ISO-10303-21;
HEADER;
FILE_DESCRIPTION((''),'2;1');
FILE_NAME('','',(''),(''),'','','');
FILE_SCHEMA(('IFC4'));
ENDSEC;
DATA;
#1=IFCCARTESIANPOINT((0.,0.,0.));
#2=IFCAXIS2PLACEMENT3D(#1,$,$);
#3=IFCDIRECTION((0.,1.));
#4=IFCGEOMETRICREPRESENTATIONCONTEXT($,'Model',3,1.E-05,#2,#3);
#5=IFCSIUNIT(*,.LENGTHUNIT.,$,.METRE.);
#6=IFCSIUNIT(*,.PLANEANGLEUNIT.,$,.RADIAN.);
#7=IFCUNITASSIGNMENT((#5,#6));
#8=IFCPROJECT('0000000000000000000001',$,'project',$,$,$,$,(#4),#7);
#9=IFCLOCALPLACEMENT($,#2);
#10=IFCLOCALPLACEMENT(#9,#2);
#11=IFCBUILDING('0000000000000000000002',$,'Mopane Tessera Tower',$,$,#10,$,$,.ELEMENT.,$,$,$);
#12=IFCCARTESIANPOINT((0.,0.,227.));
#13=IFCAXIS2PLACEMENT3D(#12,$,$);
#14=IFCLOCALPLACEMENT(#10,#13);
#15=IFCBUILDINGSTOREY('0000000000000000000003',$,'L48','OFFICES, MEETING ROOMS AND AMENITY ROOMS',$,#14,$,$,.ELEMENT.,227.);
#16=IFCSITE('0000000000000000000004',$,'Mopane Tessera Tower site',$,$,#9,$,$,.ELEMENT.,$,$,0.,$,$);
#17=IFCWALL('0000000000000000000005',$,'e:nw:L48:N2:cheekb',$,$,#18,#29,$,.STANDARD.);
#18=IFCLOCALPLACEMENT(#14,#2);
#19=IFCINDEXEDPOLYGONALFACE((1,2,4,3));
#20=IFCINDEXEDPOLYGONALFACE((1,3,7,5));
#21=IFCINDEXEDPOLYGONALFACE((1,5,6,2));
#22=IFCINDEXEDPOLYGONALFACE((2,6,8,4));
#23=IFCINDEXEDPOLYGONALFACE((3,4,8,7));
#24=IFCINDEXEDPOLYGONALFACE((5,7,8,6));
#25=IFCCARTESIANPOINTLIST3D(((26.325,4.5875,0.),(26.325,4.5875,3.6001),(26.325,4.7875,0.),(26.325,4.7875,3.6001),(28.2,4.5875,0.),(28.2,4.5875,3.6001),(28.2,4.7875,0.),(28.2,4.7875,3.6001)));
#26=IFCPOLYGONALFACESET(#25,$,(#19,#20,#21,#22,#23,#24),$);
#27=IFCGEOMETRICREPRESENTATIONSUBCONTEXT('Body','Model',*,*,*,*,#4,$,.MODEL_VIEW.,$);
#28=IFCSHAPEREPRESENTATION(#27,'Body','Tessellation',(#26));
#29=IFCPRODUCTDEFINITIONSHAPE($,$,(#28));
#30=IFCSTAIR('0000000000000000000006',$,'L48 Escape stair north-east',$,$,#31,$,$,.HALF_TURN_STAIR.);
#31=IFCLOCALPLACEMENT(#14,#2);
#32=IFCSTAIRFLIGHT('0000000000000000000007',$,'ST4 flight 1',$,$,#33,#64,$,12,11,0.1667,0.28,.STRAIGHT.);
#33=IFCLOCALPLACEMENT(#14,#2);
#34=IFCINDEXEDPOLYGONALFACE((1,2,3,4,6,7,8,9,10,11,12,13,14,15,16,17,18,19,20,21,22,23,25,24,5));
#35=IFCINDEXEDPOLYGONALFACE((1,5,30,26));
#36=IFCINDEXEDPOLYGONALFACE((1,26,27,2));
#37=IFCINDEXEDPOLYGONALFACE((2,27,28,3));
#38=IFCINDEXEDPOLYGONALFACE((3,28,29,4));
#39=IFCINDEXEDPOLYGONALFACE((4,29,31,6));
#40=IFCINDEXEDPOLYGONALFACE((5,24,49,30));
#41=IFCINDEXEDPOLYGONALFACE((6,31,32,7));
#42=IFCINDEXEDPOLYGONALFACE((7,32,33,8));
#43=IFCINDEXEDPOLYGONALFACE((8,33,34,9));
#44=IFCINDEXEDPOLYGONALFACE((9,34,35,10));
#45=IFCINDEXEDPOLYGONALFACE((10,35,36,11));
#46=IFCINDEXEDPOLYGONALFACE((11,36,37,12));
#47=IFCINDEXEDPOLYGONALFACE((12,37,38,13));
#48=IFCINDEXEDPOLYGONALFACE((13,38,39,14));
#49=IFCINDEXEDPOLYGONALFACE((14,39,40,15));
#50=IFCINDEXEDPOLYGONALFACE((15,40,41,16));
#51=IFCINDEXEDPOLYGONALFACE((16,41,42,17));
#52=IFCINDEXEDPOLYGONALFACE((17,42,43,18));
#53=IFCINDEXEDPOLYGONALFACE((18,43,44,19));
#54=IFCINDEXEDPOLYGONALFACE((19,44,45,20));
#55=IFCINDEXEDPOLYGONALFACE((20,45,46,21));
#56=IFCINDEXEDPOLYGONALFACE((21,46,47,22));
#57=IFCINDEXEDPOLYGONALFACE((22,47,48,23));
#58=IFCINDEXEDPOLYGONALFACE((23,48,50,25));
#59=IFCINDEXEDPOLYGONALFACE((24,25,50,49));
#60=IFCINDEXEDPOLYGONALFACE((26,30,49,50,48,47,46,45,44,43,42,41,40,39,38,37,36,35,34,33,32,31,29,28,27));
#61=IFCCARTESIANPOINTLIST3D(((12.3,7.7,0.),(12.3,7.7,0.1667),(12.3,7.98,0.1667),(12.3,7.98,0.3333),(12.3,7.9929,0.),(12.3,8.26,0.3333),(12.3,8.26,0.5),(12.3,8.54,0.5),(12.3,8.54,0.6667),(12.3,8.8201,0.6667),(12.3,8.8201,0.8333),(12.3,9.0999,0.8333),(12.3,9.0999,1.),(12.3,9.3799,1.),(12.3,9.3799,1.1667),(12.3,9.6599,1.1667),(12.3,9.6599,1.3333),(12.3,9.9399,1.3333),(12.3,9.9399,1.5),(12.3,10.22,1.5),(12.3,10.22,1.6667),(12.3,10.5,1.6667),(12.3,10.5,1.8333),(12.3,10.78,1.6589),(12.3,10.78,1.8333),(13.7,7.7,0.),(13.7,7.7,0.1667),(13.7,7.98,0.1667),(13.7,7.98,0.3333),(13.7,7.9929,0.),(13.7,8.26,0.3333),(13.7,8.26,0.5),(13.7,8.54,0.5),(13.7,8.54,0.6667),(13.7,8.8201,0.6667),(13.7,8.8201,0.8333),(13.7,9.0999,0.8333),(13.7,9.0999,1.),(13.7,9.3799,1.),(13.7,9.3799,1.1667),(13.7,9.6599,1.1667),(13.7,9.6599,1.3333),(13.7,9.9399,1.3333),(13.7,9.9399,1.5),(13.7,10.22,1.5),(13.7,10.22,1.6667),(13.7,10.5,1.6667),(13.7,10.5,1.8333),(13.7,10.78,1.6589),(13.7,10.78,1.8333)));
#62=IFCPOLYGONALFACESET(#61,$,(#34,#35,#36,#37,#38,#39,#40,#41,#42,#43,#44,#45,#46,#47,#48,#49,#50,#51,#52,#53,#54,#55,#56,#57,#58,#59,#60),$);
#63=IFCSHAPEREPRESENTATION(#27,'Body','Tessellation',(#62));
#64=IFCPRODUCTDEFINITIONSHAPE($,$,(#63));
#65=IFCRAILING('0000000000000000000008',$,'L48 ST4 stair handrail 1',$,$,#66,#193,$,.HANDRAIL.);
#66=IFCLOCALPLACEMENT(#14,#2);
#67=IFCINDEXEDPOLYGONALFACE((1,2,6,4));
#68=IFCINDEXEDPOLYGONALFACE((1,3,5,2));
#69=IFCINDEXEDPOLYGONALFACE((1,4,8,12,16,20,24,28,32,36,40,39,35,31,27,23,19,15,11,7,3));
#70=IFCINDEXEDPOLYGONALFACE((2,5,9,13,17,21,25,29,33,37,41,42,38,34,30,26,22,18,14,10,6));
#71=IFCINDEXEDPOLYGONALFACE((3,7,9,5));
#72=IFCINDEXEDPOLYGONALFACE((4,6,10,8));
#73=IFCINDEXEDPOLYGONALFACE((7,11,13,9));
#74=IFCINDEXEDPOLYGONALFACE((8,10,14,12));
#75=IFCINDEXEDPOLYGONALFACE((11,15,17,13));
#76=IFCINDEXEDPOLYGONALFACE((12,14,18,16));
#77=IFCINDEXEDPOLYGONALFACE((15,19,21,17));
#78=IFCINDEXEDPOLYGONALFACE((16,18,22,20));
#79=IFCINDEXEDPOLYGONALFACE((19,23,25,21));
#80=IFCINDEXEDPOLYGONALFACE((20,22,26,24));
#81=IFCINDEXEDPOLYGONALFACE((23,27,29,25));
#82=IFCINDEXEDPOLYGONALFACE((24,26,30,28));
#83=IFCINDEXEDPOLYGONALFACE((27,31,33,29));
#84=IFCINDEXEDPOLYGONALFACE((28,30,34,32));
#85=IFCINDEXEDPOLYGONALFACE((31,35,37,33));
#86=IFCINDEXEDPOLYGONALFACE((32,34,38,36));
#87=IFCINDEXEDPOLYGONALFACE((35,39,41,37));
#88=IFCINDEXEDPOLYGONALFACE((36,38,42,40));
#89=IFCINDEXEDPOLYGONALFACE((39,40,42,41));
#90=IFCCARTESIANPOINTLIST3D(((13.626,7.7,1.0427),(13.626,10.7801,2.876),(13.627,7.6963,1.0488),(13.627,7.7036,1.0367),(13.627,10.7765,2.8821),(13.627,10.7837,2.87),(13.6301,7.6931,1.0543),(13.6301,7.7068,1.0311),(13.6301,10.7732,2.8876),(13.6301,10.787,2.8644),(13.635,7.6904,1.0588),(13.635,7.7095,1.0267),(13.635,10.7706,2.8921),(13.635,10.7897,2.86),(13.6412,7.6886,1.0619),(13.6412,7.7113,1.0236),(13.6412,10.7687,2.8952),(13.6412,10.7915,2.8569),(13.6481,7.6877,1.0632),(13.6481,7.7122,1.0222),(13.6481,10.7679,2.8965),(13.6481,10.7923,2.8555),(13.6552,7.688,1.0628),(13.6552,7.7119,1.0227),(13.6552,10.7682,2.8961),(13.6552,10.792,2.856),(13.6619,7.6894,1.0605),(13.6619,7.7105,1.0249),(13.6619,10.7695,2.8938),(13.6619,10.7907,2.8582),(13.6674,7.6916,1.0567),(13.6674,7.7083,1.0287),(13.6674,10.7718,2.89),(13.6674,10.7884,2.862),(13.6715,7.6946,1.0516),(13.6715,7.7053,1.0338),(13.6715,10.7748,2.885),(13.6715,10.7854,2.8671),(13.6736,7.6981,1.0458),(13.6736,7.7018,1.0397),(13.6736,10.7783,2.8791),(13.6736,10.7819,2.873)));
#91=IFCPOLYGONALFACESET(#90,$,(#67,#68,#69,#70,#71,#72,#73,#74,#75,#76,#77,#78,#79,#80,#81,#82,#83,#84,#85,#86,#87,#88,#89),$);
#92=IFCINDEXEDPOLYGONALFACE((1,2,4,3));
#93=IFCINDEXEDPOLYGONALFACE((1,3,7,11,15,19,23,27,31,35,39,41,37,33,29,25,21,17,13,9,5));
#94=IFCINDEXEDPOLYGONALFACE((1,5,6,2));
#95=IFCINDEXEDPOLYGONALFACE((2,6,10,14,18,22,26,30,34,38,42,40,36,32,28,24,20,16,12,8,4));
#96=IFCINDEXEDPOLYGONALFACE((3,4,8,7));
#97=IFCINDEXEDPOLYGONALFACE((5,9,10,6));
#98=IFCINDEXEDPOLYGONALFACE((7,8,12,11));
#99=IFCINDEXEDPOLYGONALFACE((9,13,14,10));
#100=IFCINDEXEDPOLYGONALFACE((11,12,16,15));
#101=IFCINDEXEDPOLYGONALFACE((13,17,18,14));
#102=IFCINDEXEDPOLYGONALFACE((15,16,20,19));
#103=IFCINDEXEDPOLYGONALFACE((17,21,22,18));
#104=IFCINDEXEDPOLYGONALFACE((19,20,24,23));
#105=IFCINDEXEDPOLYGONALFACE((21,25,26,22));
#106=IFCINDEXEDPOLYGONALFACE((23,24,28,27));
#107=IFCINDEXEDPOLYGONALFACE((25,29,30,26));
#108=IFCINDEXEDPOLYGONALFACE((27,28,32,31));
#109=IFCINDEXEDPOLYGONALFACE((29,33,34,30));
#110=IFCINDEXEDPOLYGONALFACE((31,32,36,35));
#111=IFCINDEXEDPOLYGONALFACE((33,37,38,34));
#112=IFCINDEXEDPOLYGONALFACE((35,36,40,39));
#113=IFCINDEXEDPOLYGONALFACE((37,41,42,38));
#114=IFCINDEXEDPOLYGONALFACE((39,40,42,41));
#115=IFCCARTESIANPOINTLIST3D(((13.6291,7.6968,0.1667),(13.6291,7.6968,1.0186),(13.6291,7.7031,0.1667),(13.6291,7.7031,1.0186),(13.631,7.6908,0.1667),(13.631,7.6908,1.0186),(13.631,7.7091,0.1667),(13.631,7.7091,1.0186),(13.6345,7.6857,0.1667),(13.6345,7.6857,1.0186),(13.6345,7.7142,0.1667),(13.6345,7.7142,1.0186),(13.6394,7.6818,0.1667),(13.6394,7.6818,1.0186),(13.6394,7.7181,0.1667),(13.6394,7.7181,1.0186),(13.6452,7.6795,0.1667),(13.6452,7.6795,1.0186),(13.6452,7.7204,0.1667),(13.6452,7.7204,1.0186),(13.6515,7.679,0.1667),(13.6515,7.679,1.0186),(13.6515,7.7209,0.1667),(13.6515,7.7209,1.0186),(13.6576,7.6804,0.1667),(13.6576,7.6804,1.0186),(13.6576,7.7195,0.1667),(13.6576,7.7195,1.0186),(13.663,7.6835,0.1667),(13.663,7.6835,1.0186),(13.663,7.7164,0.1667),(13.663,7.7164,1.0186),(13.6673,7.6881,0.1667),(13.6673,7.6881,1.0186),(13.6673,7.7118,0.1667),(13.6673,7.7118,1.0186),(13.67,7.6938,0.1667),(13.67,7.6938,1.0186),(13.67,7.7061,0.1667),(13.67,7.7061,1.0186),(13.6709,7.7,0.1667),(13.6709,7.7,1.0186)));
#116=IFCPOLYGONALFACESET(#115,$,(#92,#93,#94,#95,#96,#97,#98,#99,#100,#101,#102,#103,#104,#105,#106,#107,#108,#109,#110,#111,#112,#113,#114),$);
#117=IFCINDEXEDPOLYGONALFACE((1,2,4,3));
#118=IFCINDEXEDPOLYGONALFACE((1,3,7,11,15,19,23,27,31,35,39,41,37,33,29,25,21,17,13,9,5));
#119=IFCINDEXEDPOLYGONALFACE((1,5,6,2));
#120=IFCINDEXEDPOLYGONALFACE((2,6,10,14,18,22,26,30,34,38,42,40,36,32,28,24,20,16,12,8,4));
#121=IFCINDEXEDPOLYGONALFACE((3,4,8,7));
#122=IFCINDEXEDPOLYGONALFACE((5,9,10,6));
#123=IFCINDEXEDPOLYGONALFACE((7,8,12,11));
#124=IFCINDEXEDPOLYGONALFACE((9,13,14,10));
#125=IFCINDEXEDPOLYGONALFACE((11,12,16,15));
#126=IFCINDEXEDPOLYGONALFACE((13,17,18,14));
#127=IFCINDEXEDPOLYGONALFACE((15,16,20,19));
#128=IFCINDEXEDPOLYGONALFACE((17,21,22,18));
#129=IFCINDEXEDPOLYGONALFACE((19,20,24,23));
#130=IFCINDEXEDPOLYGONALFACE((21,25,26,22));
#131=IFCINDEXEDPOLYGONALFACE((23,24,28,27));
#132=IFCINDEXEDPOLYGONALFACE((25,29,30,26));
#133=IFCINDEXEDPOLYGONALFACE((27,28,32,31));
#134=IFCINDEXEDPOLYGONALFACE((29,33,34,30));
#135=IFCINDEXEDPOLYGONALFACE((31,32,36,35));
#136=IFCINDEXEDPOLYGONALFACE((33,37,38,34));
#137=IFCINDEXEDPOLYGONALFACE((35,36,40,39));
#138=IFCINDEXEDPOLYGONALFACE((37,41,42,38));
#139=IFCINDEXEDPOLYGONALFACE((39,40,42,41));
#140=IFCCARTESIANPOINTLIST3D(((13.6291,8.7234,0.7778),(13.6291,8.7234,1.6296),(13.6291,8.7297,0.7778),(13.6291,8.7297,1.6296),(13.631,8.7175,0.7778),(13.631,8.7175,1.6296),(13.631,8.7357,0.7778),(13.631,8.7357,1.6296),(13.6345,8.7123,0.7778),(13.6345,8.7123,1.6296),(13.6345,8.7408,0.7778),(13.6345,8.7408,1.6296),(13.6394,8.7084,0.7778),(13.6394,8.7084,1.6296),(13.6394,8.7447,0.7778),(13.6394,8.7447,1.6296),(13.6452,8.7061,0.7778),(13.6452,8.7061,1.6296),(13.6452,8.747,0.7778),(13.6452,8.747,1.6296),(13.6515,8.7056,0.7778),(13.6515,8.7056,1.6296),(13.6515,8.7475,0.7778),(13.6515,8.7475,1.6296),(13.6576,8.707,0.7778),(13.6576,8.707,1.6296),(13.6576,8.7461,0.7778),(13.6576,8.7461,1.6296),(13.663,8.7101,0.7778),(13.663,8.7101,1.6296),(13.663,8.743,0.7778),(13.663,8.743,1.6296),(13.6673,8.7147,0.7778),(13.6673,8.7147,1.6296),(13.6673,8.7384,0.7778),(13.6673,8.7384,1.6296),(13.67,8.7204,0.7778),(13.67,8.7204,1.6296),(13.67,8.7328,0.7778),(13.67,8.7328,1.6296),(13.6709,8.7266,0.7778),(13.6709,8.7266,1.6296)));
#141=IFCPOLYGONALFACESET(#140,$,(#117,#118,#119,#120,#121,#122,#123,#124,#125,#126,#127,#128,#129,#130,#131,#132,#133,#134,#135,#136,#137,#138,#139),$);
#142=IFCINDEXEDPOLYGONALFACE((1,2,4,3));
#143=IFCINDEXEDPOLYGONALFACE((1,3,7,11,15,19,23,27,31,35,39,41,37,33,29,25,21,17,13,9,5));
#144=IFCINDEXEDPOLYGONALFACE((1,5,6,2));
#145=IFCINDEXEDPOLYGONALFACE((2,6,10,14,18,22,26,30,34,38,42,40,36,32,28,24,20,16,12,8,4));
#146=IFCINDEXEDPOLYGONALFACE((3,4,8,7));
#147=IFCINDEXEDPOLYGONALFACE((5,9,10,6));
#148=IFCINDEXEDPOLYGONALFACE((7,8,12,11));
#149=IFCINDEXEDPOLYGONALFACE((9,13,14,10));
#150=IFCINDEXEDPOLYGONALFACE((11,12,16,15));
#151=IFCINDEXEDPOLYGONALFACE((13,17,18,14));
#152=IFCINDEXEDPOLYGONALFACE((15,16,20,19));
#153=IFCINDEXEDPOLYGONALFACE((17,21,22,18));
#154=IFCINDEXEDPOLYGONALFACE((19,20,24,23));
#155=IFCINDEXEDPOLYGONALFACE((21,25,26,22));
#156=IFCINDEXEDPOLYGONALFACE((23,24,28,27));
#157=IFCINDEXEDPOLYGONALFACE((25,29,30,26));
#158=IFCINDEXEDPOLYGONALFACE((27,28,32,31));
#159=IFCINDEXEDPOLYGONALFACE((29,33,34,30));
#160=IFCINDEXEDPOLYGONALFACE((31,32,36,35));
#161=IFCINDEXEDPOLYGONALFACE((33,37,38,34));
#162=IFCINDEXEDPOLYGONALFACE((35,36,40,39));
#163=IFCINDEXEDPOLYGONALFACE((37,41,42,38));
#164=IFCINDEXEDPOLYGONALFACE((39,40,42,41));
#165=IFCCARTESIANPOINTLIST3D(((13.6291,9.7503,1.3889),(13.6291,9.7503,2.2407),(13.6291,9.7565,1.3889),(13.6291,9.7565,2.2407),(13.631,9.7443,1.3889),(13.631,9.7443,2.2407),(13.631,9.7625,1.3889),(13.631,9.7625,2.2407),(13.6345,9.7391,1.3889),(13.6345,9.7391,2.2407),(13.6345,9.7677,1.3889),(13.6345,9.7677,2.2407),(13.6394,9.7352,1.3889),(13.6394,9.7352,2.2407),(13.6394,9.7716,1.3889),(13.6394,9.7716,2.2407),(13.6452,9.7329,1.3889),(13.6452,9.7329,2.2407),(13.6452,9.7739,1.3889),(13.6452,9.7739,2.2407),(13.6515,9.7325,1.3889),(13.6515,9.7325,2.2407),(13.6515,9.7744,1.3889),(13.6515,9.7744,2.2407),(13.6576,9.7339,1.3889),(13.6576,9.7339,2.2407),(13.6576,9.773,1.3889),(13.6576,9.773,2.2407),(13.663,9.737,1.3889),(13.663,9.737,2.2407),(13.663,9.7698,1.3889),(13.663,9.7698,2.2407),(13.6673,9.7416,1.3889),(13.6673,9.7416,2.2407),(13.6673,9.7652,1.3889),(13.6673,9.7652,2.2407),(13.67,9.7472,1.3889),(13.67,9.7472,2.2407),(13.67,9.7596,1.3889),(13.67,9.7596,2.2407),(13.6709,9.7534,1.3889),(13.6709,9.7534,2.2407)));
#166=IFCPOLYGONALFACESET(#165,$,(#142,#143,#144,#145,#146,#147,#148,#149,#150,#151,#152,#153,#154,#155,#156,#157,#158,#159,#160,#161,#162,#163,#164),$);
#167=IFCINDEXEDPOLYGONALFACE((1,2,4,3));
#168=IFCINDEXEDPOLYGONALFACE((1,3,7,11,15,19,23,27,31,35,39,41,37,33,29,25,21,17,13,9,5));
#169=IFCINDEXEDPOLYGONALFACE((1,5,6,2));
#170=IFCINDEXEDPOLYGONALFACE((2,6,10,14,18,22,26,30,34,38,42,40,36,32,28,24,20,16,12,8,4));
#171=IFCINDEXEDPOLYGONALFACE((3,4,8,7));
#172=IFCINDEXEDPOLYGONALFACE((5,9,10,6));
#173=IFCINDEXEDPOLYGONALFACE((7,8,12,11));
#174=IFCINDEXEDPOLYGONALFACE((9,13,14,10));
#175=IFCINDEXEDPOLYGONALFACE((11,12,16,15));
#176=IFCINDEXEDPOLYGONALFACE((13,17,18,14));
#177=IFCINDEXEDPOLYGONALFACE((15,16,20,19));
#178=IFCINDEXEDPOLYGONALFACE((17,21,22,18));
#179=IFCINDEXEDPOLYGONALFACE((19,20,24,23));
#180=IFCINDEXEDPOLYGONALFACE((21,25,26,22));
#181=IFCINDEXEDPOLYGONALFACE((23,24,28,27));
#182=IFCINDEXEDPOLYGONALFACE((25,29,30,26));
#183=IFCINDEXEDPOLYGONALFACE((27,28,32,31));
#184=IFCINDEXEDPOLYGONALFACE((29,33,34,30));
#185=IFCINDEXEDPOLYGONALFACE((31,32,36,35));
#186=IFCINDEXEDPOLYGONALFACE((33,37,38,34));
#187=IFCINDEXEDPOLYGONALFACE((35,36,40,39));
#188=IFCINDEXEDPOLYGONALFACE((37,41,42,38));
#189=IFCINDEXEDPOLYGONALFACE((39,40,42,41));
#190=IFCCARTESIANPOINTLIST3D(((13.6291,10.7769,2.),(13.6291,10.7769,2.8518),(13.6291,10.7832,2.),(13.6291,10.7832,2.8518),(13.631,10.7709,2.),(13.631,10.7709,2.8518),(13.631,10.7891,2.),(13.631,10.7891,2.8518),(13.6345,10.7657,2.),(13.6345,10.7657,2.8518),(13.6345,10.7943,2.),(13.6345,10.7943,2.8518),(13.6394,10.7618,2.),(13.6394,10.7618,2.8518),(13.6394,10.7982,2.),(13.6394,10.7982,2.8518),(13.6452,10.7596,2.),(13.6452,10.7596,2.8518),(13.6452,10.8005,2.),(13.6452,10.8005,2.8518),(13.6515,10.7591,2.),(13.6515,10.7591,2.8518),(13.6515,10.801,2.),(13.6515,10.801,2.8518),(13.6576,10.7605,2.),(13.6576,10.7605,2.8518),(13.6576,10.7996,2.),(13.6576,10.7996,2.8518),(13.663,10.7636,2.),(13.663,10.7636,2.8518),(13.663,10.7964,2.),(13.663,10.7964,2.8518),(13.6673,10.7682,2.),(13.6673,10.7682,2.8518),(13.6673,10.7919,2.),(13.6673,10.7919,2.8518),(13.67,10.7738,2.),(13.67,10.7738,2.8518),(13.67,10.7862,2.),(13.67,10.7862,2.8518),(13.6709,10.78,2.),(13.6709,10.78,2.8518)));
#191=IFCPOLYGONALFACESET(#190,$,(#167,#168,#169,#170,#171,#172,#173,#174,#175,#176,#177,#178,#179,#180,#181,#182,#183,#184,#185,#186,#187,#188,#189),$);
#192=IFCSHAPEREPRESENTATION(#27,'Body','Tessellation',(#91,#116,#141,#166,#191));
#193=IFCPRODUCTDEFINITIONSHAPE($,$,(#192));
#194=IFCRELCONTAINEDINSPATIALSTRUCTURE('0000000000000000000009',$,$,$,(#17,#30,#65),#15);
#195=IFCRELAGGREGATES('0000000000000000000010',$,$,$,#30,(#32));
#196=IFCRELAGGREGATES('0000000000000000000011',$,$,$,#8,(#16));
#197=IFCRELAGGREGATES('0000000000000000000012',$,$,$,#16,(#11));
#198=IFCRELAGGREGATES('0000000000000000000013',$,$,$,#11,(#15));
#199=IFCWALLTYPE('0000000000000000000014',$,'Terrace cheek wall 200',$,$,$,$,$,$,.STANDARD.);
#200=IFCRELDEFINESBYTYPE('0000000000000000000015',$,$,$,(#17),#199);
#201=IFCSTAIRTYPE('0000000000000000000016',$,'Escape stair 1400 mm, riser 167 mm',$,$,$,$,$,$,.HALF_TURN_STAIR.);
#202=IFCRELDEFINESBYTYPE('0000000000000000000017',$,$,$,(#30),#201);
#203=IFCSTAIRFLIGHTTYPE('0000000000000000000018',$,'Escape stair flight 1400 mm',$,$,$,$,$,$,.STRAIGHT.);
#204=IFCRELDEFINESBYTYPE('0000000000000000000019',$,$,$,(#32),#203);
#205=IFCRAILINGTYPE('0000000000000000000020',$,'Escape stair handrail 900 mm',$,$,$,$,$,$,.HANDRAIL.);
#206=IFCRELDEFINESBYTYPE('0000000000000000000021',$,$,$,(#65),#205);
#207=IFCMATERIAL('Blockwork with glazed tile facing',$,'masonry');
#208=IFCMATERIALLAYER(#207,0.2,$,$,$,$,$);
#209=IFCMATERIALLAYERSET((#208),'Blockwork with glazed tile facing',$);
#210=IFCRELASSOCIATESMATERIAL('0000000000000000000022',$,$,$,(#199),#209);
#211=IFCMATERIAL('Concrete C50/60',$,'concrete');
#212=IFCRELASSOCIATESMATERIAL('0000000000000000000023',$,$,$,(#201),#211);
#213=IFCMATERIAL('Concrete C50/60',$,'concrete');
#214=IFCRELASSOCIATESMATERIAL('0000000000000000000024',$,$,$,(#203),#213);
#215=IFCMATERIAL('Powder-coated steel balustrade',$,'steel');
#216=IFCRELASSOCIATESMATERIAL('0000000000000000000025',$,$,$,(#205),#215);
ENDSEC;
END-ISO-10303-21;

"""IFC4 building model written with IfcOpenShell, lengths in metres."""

from ifc_helpers import new_model, si_unit, direction, frame, frame_2d, origin, origin_2d, place, context, subcontext, project, spatial, polyline, rectangle, circle, outline, extrude, material, layer, layer_set, type_object, element, aggregate, save


model = new_model("IFC4")

# Units and contexts
model_context = context("Model", 3, precision=1e-05, world=origin(), true_north=direction((0.0, 1.0)))
body_context = subcontext(model_context, "Body", "Model", "MODEL_VIEW")
ifc_project = project(units=[si_unit("LENGTHUNIT", "METRE"), si_unit("PLANEANGLEUNIT", "RADIAN")], contexts=[model_context])

# Site, building, storey
site_placement = place(None, origin())
site = spatial("IfcSite", under=ifc_project, at=site_placement, Name="Mopane Tessera Tower site", CompositionType="ELEMENT", RefElevation=0.0)
building_placement = place(site_placement, origin())
building = spatial("IfcBuilding", under=site, at=building_placement, Name="Mopane Tessera Tower", CompositionType="ELEMENT")
storey_placement = place(building_placement, frame((0.0, 0.0, 227.0)))
storey = spatial("IfcBuildingStorey", under=building, at=storey_placement, Name="L48", Description="OFFICES, MEETING ROOMS AND AMENITY ROOMS", CompositionType="ELEMENT", Elevation=227.0)

# Wall
ifc_material_1 = material(Name="Blockwork with glazed tile facing", Category="masonry")
ifc_layer_1 = layer(ifc_material_1, 0.2)
ifc_layer_set_1 = layer_set([ifc_layer_1], Name="Blockwork with glazed tile facing")
wall_type_1 = type_object("IfcWallType", Name="Terrace cheek wall 200", PredefinedType="STANDARD", material=ifc_layer_set_1)
wall_1_placement = place(storey_placement, frame((28.2, 4.6875, 0.0), z_axis=(0.0, 0.0, 1.0), x_axis=(-1.0, 0.0, 0.0)))
element("IfcWall", 1, at=wall_1_placement, inside=storey, type_object=wall_type_1, Name="e:nw:L48:N2:cheekb", PredefinedType="STANDARD", context=body_context, shape_type="SweptSolid", body=[
    extrude(rectangle(XDim=1.875, YDim=0.2, at=frame_2d((0.9375, 0.0))), origin(), (0.0, 0.0, 1.0), 3.6001),
])

# Stair, stair flight
ifc_material_2 = material(Name="Concrete C50/60", Category="concrete")
stair_type = type_object("IfcStairType", Name="Escape stair 1400 mm, riser 167 mm", PredefinedType="HALF_TURN_STAIR", material=ifc_material_2)
stair_placement = place(storey_placement, origin())
stair = element("IfcStair", 2, at=stair_placement, inside=storey, type_object=stair_type, Name="L48 Escape stair north-east", PredefinedType="HALF_TURN_STAIR")
ifc_material_3 = material(Name="Concrete C50/60", Category="concrete")
stair_flight_type = type_object("IfcStairFlightType", Name="Escape stair flight 1400 mm", PredefinedType="STRAIGHT", material=ifc_material_3)
stair_flight_placement = place(storey_placement, frame((13.0, 7.7, 0.0), z_axis=(0.0, 0.0, 1.0), x_axis=(0.0, 1.0, 0.0)))
stair_flight = element("IfcStairFlight", 3, at=stair_flight_placement, type_object=stair_flight_type, Name="ST4 flight 1", NumberOfRisers=12, NumberOfTreads=11, PredefinedType="STRAIGHT", RiserHeight=0.1667, TreadLength=0.28, context=body_context, shape_type="SweptSolid", body=[
    extrude(outline(polyline([(0.0, 0.0), (0.0, 0.1667), (0.28, 0.1667), (0.28, 0.3333), (0.5601, 0.3333), (0.5601, 0.5), (0.8401, 0.5), (0.8401, 0.6667), (1.1201, 0.6667), (1.1201, 0.8333), (1.3999, 0.8333), (1.3999, 1.0), (1.6799, 1.0), (1.6799, 1.1667), (1.96, 1.1667), (1.96, 1.3333), (2.24, 1.3333), (2.24, 1.5), (2.52, 1.5), (2.52, 1.6667), (2.8, 1.6667), (2.8, 1.8333), (3.0801, 1.8333), (3.0801, 2.0), (3.0801, 1.6589), (0.293, 0.0), (0.0, 0.0)])), frame((0.0, 0.7, 0.0), z_axis=(0.0, -1.0, 0.0), x_axis=(1.0, 0.0, 0.0)), (0.0, 0.0, 1.0), 1.3999),
])
aggregate(stair, [stair_flight])

# Railing
ifc_material_4 = material(Name="Powder-coated steel balustrade", Category="steel")
railing_type_1 = type_object("IfcRailingType", Name="Escape stair handrail 900 mm", PredefinedType="HANDRAIL", material=ifc_material_4)
railing_1_placement = place(storey_placement, frame((13.6499, 7.7, 0.1667)))
element("IfcRailing", 4, at=railing_1_placement, inside=storey, type_object=railing_type_1, Name="L48 ST4 stair handrail 1", PredefinedType="HANDRAIL", context=body_context, shape_type="SweptSolid", body=[
    extrude(circle(Radius=0.0239, at=origin_2d()), frame((0.0, 0.0, 0.876), z_axis=(0.0, 0.859309, 0.511458), x_axis=(-1.0, 0.0, 0.0)), (0.0, 0.0, 1.0), 3.5845),
    extrude(circle(Radius=0.021, at=origin_2d()), origin(), (0.0, 0.0, 1.0), 0.8518),
    extrude(circle(Radius=0.021, at=origin_2d()), frame((0.0, 1.0266, 0.6111)), (0.0, 0.0, 1.0), 0.8518),
    extrude(circle(Radius=0.021, at=origin_2d()), frame((0.0, 2.0535, 1.2222)), (0.0, 0.0, 1.0), 0.8518),
    extrude(circle(Radius=0.021, at=origin_2d()), frame((0.0, 3.0801, 1.8333)), (0.0, 0.0, 1.0), 0.8518),
])

save(model, "model.ifc")
